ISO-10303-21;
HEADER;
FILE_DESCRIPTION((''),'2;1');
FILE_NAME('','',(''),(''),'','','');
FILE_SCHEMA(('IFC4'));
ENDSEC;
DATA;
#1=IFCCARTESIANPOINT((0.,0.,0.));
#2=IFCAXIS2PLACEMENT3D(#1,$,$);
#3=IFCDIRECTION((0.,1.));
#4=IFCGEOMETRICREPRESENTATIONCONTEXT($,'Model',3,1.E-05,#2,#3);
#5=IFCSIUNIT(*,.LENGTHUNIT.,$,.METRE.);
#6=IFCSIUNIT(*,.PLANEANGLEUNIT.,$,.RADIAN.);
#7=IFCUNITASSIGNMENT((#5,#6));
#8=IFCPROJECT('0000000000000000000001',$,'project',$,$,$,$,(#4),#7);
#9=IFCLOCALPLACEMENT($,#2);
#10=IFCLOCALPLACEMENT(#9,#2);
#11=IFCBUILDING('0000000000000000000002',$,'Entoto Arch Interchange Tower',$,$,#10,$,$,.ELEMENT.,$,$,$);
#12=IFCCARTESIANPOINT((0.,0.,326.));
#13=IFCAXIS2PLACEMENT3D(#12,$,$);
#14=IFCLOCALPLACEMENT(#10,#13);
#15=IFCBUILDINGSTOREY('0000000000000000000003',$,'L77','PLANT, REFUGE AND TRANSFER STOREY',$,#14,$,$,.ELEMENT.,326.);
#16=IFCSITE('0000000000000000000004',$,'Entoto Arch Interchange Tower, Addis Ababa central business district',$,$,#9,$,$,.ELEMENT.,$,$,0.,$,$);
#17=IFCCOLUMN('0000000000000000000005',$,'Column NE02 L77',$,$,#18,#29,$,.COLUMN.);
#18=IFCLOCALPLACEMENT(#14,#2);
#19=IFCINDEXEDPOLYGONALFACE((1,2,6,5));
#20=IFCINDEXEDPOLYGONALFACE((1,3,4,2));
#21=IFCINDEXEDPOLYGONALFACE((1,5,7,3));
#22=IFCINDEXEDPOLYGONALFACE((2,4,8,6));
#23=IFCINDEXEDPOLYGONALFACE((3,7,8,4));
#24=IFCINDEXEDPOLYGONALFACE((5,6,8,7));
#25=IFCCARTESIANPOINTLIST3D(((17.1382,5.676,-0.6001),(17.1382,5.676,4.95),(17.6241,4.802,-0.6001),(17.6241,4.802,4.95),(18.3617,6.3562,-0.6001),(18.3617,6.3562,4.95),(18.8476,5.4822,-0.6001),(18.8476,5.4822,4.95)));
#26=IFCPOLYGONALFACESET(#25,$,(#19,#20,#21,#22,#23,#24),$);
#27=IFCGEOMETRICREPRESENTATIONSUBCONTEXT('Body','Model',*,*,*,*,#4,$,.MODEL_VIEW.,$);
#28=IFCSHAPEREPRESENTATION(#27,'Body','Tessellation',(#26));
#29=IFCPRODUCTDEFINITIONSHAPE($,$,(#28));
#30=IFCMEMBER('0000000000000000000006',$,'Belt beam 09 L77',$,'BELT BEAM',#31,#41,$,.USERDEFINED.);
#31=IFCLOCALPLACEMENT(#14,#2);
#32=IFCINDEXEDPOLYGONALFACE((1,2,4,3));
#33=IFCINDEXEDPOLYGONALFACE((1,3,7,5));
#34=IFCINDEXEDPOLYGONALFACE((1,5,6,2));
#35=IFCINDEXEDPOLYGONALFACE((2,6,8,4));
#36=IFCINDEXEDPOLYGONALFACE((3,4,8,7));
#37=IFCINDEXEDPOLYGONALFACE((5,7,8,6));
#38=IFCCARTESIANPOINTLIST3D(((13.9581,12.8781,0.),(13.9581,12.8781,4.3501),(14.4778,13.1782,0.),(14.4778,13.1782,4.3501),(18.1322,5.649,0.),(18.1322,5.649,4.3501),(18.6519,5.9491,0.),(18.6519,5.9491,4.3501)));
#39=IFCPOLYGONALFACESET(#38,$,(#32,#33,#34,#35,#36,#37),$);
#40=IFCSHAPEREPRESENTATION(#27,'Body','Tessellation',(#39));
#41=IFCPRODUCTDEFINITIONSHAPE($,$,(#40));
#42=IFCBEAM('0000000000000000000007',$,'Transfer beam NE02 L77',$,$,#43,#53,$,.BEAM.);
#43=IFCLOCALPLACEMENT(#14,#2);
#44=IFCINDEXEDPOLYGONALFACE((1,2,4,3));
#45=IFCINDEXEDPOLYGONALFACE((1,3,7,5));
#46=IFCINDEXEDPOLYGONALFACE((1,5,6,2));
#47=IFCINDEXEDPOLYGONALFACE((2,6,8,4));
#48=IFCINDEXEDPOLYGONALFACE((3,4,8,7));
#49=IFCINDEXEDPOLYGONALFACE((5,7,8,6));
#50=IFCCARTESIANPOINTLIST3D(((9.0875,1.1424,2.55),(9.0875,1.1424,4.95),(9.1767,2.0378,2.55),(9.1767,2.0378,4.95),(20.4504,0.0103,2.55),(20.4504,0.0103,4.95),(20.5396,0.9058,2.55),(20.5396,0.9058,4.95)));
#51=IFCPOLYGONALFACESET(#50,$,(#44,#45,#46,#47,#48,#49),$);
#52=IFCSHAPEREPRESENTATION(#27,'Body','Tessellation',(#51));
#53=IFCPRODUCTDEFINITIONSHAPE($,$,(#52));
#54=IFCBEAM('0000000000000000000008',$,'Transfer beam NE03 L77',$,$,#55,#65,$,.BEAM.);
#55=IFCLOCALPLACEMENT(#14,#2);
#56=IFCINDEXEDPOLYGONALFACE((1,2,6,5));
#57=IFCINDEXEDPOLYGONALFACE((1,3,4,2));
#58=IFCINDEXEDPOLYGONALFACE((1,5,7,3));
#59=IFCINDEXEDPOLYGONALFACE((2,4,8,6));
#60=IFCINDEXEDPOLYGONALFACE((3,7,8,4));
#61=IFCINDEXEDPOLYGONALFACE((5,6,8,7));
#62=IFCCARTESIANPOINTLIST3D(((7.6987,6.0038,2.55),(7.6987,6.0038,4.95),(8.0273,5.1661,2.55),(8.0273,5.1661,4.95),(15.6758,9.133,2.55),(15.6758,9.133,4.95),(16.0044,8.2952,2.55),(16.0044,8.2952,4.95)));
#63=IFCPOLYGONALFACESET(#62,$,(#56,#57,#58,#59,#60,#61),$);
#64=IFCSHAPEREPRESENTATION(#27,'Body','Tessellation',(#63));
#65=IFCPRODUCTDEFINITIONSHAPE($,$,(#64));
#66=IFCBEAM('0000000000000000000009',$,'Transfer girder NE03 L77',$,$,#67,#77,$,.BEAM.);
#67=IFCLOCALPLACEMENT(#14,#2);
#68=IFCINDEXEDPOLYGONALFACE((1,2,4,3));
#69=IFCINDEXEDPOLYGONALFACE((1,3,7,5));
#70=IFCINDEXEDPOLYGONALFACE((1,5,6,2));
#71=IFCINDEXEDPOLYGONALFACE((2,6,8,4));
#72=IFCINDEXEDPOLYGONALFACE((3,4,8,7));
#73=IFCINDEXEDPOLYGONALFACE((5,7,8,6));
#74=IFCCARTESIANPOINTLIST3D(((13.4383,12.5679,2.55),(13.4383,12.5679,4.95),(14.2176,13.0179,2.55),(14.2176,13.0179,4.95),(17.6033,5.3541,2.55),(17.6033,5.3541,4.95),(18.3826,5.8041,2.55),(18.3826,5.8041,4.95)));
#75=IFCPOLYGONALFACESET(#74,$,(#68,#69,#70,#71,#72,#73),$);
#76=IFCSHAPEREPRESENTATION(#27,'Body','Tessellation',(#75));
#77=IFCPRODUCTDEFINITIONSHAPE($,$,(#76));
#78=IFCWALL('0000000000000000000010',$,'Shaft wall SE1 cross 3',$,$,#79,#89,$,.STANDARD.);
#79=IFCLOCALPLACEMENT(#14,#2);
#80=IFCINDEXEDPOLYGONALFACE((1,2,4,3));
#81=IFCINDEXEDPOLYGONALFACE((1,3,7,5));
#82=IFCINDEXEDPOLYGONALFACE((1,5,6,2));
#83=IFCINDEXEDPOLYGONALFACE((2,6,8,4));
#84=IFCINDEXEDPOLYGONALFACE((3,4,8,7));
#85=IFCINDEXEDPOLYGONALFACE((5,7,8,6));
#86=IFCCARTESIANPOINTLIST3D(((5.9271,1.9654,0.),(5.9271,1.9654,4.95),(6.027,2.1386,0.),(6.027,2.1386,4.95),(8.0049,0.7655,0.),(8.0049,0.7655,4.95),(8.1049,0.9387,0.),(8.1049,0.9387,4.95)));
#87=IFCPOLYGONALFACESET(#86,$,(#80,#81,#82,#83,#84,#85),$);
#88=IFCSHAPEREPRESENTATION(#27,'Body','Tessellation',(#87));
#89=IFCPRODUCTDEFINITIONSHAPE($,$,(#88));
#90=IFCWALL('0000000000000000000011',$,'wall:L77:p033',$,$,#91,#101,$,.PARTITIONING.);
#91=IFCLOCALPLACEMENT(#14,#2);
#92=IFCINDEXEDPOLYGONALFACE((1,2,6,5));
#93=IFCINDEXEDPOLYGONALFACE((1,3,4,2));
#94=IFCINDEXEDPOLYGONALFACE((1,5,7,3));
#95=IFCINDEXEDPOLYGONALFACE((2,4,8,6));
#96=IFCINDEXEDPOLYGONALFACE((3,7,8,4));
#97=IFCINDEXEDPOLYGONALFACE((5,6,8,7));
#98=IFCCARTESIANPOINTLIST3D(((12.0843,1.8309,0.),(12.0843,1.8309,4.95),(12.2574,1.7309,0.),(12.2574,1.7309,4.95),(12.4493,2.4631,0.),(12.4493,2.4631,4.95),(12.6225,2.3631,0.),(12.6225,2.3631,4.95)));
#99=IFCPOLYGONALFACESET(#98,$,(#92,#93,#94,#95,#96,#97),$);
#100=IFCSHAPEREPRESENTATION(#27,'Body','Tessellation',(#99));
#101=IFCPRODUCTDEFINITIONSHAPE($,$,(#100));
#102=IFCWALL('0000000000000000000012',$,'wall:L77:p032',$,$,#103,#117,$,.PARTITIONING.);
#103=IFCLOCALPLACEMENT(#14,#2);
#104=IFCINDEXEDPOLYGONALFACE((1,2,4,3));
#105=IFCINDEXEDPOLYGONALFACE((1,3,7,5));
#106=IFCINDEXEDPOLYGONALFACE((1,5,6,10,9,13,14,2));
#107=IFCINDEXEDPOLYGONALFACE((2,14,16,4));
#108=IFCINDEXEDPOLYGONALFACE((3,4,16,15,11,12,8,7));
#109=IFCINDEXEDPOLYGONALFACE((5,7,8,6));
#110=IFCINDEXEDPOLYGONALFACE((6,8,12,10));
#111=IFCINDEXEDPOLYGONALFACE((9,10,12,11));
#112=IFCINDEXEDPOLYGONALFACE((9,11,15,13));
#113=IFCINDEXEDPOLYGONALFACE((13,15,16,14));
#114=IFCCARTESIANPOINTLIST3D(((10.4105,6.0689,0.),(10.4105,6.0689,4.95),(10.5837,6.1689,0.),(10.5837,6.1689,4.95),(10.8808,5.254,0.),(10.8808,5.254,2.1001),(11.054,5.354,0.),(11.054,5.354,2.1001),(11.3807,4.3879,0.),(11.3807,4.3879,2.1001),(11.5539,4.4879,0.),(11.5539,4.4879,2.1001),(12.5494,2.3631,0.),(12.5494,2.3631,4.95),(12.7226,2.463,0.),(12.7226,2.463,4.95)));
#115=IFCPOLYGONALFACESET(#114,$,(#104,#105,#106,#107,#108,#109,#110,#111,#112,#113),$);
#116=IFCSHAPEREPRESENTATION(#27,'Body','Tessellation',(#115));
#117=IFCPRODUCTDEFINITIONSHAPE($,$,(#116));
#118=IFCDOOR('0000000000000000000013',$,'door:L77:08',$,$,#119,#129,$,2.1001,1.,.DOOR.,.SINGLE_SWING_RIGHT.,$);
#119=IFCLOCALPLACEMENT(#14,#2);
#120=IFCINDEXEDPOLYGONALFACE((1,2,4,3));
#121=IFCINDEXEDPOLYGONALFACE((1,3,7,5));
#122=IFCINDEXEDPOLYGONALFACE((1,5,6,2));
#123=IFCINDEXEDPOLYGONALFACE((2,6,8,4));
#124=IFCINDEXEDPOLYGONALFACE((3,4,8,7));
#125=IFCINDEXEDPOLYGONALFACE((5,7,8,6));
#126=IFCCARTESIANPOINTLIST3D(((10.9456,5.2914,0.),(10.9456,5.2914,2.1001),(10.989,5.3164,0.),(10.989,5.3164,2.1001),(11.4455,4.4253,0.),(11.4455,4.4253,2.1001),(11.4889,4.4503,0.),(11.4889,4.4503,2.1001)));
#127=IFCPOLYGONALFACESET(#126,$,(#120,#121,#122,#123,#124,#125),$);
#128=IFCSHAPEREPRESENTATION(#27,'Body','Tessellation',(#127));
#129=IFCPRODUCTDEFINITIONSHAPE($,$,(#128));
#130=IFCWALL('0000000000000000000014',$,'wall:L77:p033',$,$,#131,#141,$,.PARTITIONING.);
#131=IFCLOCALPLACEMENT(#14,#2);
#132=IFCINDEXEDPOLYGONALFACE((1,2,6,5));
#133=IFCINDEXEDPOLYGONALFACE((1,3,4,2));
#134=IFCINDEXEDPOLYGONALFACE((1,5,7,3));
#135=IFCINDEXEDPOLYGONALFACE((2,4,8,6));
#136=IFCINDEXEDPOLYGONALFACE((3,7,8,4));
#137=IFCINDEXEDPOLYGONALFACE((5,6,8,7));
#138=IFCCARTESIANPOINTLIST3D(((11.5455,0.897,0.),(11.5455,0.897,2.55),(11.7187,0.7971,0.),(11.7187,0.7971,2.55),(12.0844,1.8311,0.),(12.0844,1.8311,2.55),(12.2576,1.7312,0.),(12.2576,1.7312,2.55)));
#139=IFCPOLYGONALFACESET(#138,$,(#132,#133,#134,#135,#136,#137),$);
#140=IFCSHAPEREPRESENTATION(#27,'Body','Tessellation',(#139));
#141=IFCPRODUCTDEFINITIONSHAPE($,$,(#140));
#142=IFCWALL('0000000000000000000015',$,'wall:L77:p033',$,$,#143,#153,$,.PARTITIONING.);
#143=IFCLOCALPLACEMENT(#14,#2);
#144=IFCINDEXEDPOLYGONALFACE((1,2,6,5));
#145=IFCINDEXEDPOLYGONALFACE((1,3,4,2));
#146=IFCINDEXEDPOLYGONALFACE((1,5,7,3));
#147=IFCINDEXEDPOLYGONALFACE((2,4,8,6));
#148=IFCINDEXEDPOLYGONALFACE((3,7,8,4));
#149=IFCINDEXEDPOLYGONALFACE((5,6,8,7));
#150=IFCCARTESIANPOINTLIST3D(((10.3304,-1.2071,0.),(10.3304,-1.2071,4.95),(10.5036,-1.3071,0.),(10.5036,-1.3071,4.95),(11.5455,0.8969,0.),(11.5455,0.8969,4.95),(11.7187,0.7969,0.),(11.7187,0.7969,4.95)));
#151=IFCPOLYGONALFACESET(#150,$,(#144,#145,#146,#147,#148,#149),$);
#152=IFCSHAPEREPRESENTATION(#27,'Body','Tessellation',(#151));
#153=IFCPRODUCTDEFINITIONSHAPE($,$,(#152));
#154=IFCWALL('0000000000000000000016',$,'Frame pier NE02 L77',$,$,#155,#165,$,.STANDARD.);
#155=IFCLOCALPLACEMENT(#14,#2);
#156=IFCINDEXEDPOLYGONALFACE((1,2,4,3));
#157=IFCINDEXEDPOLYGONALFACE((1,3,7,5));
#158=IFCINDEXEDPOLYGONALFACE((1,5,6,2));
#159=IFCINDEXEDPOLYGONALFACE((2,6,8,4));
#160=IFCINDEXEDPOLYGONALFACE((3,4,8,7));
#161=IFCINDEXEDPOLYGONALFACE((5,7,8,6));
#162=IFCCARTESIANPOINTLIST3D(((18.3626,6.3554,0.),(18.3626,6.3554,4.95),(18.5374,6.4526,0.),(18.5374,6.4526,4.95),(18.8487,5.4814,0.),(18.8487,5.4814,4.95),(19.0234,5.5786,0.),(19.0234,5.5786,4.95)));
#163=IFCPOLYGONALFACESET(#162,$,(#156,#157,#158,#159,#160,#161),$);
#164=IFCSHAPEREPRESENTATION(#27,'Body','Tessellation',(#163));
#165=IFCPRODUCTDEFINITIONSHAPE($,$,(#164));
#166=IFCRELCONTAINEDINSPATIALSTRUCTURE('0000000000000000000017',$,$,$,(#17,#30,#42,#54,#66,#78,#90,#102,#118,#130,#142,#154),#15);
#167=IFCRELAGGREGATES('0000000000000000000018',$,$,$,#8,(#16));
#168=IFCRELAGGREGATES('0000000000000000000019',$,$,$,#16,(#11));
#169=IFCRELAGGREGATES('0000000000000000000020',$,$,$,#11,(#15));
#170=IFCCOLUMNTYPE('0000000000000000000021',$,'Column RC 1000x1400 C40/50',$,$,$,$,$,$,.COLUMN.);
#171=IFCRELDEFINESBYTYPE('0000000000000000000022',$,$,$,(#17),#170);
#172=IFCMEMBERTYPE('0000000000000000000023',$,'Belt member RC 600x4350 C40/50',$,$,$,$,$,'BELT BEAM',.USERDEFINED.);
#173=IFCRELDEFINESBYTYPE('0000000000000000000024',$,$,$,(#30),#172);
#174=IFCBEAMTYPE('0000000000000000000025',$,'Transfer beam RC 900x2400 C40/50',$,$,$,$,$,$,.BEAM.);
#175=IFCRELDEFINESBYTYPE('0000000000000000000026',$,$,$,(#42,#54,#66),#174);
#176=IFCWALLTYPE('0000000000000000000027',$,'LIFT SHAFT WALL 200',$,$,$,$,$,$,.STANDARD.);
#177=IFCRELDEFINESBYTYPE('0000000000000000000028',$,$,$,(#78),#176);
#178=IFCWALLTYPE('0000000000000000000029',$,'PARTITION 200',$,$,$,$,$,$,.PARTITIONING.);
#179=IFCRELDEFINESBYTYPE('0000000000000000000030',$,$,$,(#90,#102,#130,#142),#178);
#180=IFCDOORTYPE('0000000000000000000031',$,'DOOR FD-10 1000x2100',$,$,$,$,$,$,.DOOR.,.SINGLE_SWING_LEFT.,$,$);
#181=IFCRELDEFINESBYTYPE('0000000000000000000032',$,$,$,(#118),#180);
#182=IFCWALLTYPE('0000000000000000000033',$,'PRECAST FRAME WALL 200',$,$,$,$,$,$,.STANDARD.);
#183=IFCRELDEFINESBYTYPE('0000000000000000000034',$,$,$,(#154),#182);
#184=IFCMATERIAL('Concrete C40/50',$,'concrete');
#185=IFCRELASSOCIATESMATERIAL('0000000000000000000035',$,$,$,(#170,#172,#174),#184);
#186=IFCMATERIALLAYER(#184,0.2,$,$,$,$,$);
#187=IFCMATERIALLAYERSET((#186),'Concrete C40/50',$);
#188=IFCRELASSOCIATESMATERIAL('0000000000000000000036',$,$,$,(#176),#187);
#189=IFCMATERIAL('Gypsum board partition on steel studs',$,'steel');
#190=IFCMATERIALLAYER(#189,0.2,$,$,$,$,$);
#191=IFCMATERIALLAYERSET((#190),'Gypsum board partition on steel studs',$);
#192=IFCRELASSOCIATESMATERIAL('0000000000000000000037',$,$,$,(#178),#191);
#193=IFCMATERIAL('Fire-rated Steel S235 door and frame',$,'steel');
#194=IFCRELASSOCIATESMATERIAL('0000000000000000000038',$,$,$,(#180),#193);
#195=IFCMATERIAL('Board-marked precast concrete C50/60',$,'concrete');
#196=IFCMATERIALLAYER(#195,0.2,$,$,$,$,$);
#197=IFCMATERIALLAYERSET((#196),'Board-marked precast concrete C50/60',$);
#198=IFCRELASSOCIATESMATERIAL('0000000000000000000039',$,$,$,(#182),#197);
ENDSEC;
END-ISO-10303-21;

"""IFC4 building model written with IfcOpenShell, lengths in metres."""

from ifc_helpers import new_model, si_unit, direction, frame, frame_2d, origin, origin_2d, place, context, subcontext, project, spatial, rectangle, extrude, material, layer, layer_set, material_profile, profile_set, type_object, element, fill, save


model = new_model("IFC4")

# Units and contexts
model_context = context("Model", 3, precision=1e-05, world=origin(), true_north=direction((0.0, 1.0)))
body_context = subcontext(model_context, "Body", "Model", "MODEL_VIEW")
ifc_project = project(units=[si_unit("LENGTHUNIT", "METRE"), si_unit("PLANEANGLEUNIT", "RADIAN")], contexts=[model_context])

# Site, building, storey
site_placement = place(None, origin())
site = spatial("IfcSite", under=ifc_project, at=site_placement, Name="Entoto Arch Interchange Tower, Addis Ababa central business district", CompositionType="ELEMENT", RefElevation=0.0)
building_placement = place(site_placement, origin())
building = spatial("IfcBuilding", under=site, at=building_placement, Name="Entoto Arch Interchange Tower", CompositionType="ELEMENT")
storey_placement = place(building_placement, frame((0.0, 0.0, 326.0)))
storey = spatial("IfcBuildingStorey", under=building, at=storey_placement, Name="L77", Description="PLANT, REFUGE AND TRANSFER STOREY", CompositionType="ELEMENT", Elevation=326.0)

# Column
ifc_material_1 = material(Name="Concrete C40/50", Category="concrete")
ifc_material_profile_1 = material_profile(ifc_material_1, rectangle(XDim=1.0, YDim=1.3999, at=origin_2d()))
ifc_profile_set_1 = profile_set([ifc_material_profile_1], Name="Concrete C40/50")
column_type = type_object("IfcColumnType", Name="Column RC 1000x1400 C40/50", PredefinedType="COLUMN", material=ifc_profile_set_1)
column_placement = place(storey_placement, frame((17.9929, 5.5791, -0.6001), z_axis=(0.0, 0.0, 1.0), x_axis=(-0.485924, 0.874001, 0.0)))
element("IfcColumn", 1, at=column_placement, inside=storey, type_object=column_type, Name="Column NE02 L77", PredefinedType="COLUMN", context=body_context, shape_type="SweptSolid", body=[
    extrude(rectangle(XDim=1.0, YDim=1.3999, at=origin_2d()), origin(), (0.0, 0.0, 1.0), 5.55),
])

# Member
ifc_material_profile_2 = material_profile(ifc_material_1, rectangle(XDim=0.6001, YDim=4.3501, at=origin_2d()))
ifc_profile_set_2 = profile_set([ifc_material_profile_2], Name="Concrete C40/50")
member_type = type_object("IfcMemberType", Name="Belt member RC 600x4350 C40/50", ElementType="BELT BEAM", PredefinedType="USERDEFINED", material=ifc_profile_set_2)
member_placement = place(storey_placement, frame((18.3921, 5.7991, 2.175), z_axis=(-0.500036, 0.866004, 0.0), x_axis=(-0.866004, -0.500036, 0.0)))
element("IfcMember", 2, at=member_placement, inside=storey, type_object=member_type, Name="Belt beam 09 L77", ObjectType="BELT BEAM", PredefinedType="USERDEFINED", context=body_context, shape_type="SweptSolid", body=[
    extrude(rectangle(XDim=0.6001, YDim=4.3501, at=origin_2d()), origin(), (0.0, 0.0, 1.0), 8.3477),
])

# Beams
ifc_material_profile_3 = material_profile(ifc_material_1, rectangle(XDim=0.8999, YDim=2.3999, at=origin_2d()))
ifc_profile_set_3 = profile_set([ifc_material_profile_3], Name="Concrete C40/50")
beam_type = type_object("IfcBeamType", Name="Transfer beam RC 900x2400 C40/50", PredefinedType="BEAM", material=ifc_profile_set_3)
beam_1_placement = place(storey_placement, frame((9.1321, 1.5901, 3.75), z_axis=(0.995074, -0.099138, 0.0), x_axis=(0.099138, 0.995074, 0.0)))
element("IfcBeam", 3, at=beam_1_placement, inside=storey, type_object=beam_type, Name="Transfer beam NE02 L77", PredefinedType="BEAM", context=body_context, shape_type="SweptSolid", body=[
    extrude(rectangle(XDim=0.8999, YDim=2.3999, at=origin_2d()), origin(), (0.0, 0.0, 1.0), 11.4192),
])
beam_2_placement = place(storey_placement, frame((7.863, 5.585, 3.75), z_axis=(0.930938, 0.365178, 0.0), x_axis=(-0.365178, 0.930938, 0.0)))
element("IfcBeam", 4, at=beam_2_placement, inside=storey, type_object=beam_type, Name="Transfer beam NE03 L77", PredefinedType="BEAM", context=body_context, shape_type="SweptSolid", body=[
    extrude(rectangle(XDim=0.8999, YDim=2.3999, at=origin_2d()), origin(), (0.0, 0.0, 1.0), 8.5688),
])
beam_3_placement = place(storey_placement, frame((17.9929, 5.5791, 3.75), z_axis=(-0.50001, 0.86602, 0.0), x_axis=(-0.86602, -0.50001, 0.0)))
element("IfcBeam", 5, at=beam_3_placement, inside=storey, type_object=beam_type, Name="Transfer girder NE03 L77", PredefinedType="BEAM", context=body_context, shape_type="SweptSolid", body=[
    extrude(rectangle(XDim=0.8999, YDim=2.3999, at=origin_2d()), origin(), (0.0, 0.0, 1.0), 8.3298),
])

# Walls
ifc_layer_1 = layer(ifc_material_1, 0.2)
ifc_layer_set_1 = layer_set([ifc_layer_1], Name="Concrete C40/50")
wall_type_1 = type_object("IfcWallType", Name="LIFT SHAFT WALL 200", PredefinedType="STANDARD", material=ifc_layer_set_1)
wall_1_placement = place(storey_placement, frame((5.9771, 2.052, 0.0), z_axis=(0.0, 0.0, 1.0), x_axis=(0.865974, -0.500089, 0.0)))
element("IfcWall", 6, at=wall_1_placement, inside=storey, type_object=wall_type_1, Name="Shaft wall SE1 cross 3", PredefinedType="STANDARD", context=body_context, shape_type="SweptSolid", body=[
    extrude(rectangle(XDim=2.3994, YDim=0.2, at=frame_2d((1.1997, 0.0))), origin(), (0.0, 0.0, 1.0), 4.95),
])
ifc_material_2 = material(Name="Gypsum board partition on steel studs", Category="steel")
ifc_layer_2 = layer(ifc_material_2, 0.2)
ifc_layer_set_2 = layer_set([ifc_layer_2], Name="Gypsum board partition on steel studs")
wall_type_2 = type_object("IfcWallType", Name="PARTITION 200", PredefinedType="PARTITIONING", material=ifc_layer_set_2)
wall_2_placement = place(storey_placement, frame((12.5359, 2.4131, 0.0), z_axis=(0.0, 0.0, 1.0), x_axis=(-0.50006, -0.865991, 0.0)))
element("IfcWall", 7, at=wall_2_placement, inside=storey, type_object=wall_type_2, Name="wall:L77:p033", PredefinedType="PARTITIONING", context=body_context, shape_type="SweptSolid", body=[
    extrude(rectangle(XDim=0.73, YDim=0.2, at=frame_2d((0.365, 0.0))), origin(), (0.0, 0.0, 1.0), 4.95),
])

# Wall, opening, door
wall_3_placement = place(storey_placement, frame((10.4971, 6.1189, 0.0), z_axis=(0.0, 0.0, 1.0), x_axis=(0.499889, -0.86609, 0.0)))
wall_3 = element("IfcWall", 8, at=wall_3_placement, inside=storey, type_object=wall_type_2, Name="wall:L77:p032", PredefinedType="PARTITIONING", context=body_context, shape_type="SweptSolid", body=[
    extrude(rectangle(XDim=4.2788, YDim=0.2, at=frame_2d((2.1394, 0.0))), origin(), (0.0, 0.0, 1.0), 4.95),
])
opening_1_placement = place(wall_3_placement, frame((0.9409, 0.0, 0.0)))
opening_1 = element("IfcOpeningElement", 9, at=opening_1_placement, cuts=wall_3, PredefinedType="OPENING", context=body_context, shape_type="SweptSolid", body=[
    extrude(rectangle(XDim=1.0, YDim=2.1001, at=frame_2d((0.5, 1.05))), frame((0.0, 0.1099, 0.0), z_axis=(0.0, -1.0, 0.0), x_axis=(1.0, 0.0, 0.0)), (0.0, 0.0, 1.0), 0.22),
])
ifc_material_3 = material(Name="Fire-rated Steel S235 door and frame", Category="steel")
door_type_1 = type_object("IfcDoorType", Name="DOOR FD-10 1000x2100", OperationType="SINGLE_SWING_LEFT", PredefinedType="DOOR", material=ifc_material_3)
door_1_placement = place(opening_1_placement, origin())
door_1 = element("IfcDoor", 10, at=door_1_placement, inside=storey, type_object=door_type_1, Name="door:L77:08", OperationType="SINGLE_SWING_RIGHT", OverallHeight=2.1001, OverallWidth=1.0, PredefinedType="DOOR", context=body_context, shape_type="SweptSolid", body=[
    extrude(rectangle(XDim=1.0, YDim=2.1001, at=frame_2d((0.5, 1.05))), frame((0.0, 0.0249, 0.0), z_axis=(0.0, -1.0, 0.0), x_axis=(1.0, 0.0, 0.0)), (0.0, 0.0, 1.0), 0.05),
])
fill(opening_1, door_1)

# Walls
wall_4_placement = place(storey_placement, frame((12.1709, 1.781, 0.0), z_axis=(0.0, 0.0, 1.0), x_axis=(-0.49967, -0.866216, 0.0)))
element("IfcWall", 11, at=wall_4_placement, inside=storey, type_object=wall_type_2, Name="wall:L77:p033", PredefinedType="PARTITIONING", context=body_context, shape_type="SweptSolid", body=[
    extrude(rectangle(XDim=1.0784, YDim=0.2, at=frame_2d((0.5391, 0.0))), origin(), (0.0, 0.0, 1.0), 2.55),
])
wall_5_placement = place(storey_placement, frame((11.6321, 0.8469, 0.0), z_axis=(0.0, 0.0, 1.0), x_axis=(-0.500105, -0.865965, 0.0)))
element("IfcWall", 12, at=wall_5_placement, inside=storey, type_object=wall_type_2, Name="wall:L77:p033", PredefinedType="PARTITIONING", context=body_context, shape_type="SweptSolid", body=[
    extrude(rectangle(XDim=2.4297, YDim=0.2, at=frame_2d((1.2148, 0.0))), origin(), (0.0, 0.0, 1.0), 4.95),
])
ifc_material_4 = material(Name="Board-marked precast concrete C50/60", Category="concrete")
ifc_layer_3 = layer(ifc_material_4, 0.2)
ifc_layer_set_3 = layer_set([ifc_layer_3], Name="Board-marked precast concrete C50/60")
wall_type_3 = type_object("IfcWallType", Name="PRECAST FRAME WALL 200", PredefinedType="STANDARD", material=ifc_layer_set_3)
wall_6_placement = place(storey_placement, frame((18.936, 5.53, 0.0), z_axis=(0.0, 0.0, 1.0), x_axis=(-0.486037, 0.873938, 0.0)))
element("IfcWall", 13, at=wall_6_placement, inside=storey, type_object=wall_type_3, Name="Frame pier NE02 L77", PredefinedType="STANDARD", context=body_context, shape_type="SweptSolid", body=[
    extrude(rectangle(XDim=1.0, YDim=0.2, at=frame_2d((0.5, 0.0))), origin(), (0.0, 0.0, 1.0), 4.95),
])

save(model, "model.ifc")
